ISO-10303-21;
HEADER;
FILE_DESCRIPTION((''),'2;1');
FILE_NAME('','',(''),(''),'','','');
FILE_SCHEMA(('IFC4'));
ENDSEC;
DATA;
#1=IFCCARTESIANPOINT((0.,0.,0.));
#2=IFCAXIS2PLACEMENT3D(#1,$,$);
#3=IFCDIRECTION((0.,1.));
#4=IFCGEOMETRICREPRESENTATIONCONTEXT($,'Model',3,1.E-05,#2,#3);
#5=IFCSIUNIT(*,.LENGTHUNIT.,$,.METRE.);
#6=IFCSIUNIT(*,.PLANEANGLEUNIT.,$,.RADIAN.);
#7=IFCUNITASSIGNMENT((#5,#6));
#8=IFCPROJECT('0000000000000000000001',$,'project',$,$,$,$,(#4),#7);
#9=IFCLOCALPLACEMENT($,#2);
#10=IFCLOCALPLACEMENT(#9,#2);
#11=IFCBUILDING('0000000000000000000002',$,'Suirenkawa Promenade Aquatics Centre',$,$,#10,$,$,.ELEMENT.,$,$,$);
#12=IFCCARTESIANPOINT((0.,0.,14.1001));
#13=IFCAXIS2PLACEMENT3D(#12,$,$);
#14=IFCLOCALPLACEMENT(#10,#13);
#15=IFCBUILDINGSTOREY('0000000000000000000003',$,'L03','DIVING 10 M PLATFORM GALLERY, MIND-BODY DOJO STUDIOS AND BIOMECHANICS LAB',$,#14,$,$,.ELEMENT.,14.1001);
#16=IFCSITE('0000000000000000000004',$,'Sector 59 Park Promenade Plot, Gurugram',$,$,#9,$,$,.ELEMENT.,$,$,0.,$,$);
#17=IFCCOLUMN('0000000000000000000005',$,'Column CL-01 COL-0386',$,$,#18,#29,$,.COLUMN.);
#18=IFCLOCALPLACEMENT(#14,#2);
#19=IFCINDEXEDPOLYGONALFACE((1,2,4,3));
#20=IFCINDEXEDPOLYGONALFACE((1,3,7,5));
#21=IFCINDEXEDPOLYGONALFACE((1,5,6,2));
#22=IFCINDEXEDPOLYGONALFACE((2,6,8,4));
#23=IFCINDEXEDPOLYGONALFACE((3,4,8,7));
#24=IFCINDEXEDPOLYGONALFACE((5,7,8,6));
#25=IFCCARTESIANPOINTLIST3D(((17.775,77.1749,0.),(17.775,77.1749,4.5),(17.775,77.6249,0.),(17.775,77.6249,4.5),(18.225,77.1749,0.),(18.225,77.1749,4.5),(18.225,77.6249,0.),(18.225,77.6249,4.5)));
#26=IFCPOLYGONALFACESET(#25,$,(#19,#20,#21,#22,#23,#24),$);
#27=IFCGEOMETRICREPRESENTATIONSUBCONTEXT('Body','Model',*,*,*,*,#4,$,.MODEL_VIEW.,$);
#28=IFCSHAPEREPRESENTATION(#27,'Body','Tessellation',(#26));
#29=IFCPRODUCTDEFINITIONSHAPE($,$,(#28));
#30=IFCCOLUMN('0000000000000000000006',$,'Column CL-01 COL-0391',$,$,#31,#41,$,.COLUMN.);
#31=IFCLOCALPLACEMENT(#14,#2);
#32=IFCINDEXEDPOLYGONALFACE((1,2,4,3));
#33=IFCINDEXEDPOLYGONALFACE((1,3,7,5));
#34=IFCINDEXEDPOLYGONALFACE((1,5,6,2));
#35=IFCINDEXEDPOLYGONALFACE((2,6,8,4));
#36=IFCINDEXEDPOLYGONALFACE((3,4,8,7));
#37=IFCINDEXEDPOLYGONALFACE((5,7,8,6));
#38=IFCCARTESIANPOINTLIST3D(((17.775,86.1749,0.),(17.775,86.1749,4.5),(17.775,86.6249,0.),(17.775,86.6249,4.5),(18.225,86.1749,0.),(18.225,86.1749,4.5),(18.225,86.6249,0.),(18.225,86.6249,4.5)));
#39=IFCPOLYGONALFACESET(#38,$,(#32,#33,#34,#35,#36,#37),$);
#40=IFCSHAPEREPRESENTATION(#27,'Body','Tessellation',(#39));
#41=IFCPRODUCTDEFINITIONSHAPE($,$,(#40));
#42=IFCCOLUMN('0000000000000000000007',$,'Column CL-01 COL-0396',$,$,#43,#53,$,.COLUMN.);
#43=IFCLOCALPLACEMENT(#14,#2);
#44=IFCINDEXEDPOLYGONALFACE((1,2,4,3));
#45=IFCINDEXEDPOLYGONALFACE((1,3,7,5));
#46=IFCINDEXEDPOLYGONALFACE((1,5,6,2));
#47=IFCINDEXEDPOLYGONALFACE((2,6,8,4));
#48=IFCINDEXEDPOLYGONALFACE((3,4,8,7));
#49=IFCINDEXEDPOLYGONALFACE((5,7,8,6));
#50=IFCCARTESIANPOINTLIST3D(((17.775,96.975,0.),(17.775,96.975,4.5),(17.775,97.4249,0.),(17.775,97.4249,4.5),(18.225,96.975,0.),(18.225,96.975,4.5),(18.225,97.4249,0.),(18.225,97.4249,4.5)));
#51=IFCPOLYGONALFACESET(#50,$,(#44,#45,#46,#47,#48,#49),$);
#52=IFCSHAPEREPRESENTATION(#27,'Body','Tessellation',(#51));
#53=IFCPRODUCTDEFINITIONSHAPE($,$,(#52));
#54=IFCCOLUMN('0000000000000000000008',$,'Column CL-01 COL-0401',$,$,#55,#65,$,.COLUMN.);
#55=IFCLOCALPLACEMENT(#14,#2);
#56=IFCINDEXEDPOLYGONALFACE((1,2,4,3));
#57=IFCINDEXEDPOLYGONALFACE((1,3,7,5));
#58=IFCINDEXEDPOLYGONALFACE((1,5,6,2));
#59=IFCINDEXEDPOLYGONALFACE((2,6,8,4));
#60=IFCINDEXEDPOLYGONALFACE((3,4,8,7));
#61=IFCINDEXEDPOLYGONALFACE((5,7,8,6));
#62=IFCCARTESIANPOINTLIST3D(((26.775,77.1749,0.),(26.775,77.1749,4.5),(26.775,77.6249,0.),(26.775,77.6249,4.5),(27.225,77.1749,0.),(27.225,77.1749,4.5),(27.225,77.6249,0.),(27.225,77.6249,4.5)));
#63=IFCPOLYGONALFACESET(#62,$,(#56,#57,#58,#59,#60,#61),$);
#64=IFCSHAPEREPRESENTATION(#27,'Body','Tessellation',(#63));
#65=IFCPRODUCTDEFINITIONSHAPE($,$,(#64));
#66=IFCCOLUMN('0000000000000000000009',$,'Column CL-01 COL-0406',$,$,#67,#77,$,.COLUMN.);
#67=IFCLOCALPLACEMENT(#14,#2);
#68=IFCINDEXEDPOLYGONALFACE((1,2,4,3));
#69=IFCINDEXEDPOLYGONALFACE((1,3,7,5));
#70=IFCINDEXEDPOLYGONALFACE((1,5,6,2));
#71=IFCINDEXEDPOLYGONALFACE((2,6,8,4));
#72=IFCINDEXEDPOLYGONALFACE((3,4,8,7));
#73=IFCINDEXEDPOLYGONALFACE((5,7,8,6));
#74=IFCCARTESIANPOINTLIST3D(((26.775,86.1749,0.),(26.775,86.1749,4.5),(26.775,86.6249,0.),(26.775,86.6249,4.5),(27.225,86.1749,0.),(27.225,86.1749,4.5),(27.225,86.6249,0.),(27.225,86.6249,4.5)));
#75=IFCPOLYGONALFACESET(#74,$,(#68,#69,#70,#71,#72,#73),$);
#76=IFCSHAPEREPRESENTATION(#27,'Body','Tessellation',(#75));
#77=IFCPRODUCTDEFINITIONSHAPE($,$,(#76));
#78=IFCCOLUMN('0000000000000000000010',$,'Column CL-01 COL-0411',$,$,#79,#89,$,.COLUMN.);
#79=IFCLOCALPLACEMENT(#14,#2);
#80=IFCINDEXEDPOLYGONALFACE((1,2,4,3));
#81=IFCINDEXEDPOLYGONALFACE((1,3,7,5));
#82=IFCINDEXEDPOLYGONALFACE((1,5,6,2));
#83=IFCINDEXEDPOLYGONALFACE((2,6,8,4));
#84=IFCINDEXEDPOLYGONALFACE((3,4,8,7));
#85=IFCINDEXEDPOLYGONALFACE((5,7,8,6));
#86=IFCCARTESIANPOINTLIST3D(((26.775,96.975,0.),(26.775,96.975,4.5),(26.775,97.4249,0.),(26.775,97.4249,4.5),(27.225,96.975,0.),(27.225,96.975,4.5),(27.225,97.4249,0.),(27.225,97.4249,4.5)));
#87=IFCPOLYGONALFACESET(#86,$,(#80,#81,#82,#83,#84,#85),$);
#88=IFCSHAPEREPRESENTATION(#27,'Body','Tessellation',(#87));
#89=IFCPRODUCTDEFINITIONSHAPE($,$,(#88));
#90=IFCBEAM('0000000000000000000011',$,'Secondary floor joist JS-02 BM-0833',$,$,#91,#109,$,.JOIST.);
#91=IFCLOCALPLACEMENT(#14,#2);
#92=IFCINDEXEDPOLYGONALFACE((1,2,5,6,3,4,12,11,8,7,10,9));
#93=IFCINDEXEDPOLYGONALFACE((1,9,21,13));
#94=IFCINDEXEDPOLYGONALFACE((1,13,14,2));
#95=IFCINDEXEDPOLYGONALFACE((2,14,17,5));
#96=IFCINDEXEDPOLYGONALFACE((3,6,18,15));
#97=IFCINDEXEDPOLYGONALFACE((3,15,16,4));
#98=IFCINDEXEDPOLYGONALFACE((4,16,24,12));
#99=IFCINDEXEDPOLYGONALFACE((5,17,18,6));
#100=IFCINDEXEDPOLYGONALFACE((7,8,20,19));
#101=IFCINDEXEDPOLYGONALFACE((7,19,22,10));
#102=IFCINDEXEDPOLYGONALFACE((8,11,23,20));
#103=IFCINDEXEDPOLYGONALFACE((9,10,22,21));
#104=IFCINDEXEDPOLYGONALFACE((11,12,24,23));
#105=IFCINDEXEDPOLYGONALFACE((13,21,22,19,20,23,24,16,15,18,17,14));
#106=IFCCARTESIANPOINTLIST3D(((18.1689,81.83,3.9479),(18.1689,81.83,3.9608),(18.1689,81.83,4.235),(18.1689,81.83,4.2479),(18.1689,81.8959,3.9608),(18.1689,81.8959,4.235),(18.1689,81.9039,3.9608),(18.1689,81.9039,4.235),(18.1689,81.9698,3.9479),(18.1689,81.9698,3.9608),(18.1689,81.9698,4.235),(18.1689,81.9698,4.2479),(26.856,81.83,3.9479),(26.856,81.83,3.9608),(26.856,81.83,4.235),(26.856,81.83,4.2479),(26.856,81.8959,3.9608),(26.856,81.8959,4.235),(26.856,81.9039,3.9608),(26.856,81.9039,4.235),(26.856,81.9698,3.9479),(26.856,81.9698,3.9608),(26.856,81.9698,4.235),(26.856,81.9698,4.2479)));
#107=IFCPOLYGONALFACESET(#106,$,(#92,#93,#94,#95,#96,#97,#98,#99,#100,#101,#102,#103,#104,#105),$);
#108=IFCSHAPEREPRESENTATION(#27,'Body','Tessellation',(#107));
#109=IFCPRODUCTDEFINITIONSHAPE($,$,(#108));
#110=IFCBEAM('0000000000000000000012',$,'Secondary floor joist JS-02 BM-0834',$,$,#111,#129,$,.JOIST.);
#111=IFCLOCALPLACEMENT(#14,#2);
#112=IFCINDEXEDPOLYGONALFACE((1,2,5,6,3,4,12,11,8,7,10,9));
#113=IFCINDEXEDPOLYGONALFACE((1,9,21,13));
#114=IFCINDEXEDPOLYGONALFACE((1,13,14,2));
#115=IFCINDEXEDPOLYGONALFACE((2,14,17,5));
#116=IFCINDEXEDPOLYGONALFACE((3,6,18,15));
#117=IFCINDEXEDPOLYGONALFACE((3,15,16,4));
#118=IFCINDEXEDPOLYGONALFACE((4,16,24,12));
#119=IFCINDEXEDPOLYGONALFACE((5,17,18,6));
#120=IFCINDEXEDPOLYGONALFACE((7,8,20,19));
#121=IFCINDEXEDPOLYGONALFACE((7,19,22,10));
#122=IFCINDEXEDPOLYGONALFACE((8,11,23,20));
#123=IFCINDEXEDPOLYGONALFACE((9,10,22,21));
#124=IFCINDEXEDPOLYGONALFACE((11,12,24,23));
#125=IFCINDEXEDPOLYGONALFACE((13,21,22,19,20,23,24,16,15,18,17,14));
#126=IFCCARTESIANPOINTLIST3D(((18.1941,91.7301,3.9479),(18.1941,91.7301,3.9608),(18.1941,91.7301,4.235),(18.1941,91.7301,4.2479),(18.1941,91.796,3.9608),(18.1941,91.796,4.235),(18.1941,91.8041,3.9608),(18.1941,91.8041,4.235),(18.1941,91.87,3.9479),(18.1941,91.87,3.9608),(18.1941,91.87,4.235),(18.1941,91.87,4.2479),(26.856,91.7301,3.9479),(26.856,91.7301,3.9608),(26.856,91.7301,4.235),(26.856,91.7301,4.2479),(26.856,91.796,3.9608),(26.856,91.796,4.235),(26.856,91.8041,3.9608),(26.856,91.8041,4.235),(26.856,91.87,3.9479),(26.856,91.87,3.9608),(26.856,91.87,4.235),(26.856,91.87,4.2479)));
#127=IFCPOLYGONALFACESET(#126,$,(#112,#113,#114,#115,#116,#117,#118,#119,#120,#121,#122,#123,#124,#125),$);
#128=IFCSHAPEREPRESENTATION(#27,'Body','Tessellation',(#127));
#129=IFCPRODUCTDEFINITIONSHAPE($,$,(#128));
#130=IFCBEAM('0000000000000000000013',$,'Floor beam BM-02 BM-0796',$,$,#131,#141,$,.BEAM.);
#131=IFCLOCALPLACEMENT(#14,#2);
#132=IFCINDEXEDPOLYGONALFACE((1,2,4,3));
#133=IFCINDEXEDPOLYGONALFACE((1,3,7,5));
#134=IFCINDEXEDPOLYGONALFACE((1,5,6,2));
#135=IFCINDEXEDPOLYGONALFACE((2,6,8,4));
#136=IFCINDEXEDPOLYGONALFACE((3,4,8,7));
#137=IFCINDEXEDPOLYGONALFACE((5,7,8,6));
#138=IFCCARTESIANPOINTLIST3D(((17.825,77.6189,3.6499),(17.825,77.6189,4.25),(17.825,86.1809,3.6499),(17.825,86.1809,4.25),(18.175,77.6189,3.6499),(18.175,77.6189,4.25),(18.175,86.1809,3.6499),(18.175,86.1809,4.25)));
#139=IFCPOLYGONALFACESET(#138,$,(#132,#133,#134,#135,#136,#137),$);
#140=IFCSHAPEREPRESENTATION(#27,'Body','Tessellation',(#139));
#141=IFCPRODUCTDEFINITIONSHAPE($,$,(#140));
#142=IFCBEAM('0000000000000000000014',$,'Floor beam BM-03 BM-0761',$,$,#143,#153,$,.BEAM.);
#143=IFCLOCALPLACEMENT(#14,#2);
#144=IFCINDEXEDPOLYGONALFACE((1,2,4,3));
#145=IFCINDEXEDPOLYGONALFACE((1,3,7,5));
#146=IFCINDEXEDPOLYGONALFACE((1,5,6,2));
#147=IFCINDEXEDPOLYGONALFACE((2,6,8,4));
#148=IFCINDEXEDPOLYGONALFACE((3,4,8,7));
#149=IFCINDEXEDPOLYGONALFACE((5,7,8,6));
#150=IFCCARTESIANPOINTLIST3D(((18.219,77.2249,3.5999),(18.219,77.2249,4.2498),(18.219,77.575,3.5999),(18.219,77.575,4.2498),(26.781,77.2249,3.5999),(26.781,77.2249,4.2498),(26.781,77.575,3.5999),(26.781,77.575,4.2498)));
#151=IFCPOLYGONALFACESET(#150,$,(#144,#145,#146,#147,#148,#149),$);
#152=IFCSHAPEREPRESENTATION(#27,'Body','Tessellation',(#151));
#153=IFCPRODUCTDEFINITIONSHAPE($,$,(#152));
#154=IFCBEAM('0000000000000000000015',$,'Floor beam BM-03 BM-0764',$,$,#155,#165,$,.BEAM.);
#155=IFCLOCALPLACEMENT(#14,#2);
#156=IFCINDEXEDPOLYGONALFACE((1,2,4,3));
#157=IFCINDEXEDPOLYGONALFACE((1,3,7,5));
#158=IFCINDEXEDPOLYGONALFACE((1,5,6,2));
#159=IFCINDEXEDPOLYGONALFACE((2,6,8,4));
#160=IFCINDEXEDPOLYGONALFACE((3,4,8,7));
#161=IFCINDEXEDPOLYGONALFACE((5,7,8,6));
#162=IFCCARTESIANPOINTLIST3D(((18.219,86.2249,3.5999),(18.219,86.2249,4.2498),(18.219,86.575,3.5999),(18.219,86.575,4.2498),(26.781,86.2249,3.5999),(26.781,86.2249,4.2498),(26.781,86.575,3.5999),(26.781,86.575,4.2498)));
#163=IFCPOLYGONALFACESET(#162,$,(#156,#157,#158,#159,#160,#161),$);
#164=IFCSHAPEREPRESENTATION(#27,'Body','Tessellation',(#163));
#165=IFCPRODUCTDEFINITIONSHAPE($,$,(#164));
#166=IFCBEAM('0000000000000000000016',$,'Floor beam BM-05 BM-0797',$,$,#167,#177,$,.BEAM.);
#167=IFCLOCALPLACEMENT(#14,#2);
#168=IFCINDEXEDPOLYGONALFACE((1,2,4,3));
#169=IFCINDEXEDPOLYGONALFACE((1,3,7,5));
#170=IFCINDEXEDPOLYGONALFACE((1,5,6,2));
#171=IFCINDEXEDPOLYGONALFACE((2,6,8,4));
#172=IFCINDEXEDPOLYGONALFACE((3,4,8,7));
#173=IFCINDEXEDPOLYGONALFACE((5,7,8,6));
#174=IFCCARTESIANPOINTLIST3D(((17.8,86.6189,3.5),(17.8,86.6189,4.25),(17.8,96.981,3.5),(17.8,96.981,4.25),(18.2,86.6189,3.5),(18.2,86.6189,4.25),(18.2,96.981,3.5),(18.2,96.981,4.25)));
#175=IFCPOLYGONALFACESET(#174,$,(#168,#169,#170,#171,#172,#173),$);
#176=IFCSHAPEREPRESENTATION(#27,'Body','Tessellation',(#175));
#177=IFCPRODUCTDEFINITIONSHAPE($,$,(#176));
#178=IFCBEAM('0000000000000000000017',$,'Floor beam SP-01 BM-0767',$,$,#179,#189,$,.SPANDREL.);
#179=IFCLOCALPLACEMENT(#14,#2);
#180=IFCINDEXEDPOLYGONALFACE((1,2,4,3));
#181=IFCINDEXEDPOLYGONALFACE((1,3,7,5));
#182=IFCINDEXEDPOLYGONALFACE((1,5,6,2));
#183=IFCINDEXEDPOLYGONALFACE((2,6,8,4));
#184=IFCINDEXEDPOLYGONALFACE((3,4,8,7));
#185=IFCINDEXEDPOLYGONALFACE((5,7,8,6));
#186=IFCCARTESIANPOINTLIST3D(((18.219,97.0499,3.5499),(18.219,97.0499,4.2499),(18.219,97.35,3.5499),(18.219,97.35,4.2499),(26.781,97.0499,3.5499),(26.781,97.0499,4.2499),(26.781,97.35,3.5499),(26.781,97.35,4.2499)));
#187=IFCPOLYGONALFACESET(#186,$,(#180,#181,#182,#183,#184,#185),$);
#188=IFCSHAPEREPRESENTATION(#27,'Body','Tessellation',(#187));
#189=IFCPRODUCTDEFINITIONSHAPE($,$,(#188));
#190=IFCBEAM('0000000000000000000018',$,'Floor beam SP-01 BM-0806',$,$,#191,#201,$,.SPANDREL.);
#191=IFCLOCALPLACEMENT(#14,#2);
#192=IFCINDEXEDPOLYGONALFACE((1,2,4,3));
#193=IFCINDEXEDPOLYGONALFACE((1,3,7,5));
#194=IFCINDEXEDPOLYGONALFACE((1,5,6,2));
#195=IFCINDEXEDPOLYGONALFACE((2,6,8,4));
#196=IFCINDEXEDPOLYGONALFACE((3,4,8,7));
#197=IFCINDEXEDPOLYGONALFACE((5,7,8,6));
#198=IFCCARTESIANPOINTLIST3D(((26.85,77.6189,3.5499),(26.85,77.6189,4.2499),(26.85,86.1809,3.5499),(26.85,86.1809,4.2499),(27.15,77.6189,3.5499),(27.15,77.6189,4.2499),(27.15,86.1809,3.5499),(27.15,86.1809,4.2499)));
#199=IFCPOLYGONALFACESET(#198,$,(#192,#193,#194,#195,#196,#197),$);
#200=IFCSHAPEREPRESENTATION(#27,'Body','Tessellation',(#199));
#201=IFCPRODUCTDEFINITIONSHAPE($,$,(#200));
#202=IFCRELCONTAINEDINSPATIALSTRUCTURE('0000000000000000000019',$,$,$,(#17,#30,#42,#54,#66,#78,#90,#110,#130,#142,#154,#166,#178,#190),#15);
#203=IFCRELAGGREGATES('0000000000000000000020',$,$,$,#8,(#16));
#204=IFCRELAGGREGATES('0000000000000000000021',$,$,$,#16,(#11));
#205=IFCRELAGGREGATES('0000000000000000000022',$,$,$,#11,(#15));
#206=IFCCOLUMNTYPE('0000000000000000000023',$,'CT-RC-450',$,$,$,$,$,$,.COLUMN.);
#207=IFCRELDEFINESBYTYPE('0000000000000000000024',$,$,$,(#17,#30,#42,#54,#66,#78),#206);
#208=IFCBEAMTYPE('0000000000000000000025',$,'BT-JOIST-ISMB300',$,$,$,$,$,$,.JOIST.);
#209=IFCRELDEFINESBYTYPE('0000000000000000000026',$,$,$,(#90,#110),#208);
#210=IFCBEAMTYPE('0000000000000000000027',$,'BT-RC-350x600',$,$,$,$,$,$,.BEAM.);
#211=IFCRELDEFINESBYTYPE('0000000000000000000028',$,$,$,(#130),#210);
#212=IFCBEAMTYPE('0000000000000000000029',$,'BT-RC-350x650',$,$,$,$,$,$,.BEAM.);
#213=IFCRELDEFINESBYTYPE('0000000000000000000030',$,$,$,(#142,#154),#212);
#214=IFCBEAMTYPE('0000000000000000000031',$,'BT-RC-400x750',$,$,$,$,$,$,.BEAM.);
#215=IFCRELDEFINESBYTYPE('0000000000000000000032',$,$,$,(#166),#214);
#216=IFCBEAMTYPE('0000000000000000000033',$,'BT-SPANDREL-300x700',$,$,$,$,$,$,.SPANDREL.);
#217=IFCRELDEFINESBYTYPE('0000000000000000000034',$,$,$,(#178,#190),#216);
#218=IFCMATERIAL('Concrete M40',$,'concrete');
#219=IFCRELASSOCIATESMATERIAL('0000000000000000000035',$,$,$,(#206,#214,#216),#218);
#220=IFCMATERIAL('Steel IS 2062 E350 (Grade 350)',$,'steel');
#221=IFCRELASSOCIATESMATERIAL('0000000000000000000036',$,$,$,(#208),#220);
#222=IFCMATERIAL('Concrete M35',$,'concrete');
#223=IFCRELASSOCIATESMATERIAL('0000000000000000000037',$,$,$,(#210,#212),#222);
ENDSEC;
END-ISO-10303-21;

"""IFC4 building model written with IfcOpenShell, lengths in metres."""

from ifc_helpers import new_model, si_unit, direction, frame, origin, origin_2d, place, context, subcontext, project, spatial, rectangle, i_section, extrude, material, material_profile, profile_set, type_object, element, save


model = new_model("IFC4")

# Units and contexts
model_context = context("Model", 3, precision=1e-05, world=origin(), true_north=direction((0.0, 1.0)))
body_context = subcontext(model_context, "Body", "Model", "MODEL_VIEW")
ifc_project = project(units=[si_unit("LENGTHUNIT", "METRE"), si_unit("PLANEANGLEUNIT", "RADIAN")], contexts=[model_context])

# Site, building, storey
site_placement = place(None, origin())
site = spatial("IfcSite", under=ifc_project, at=site_placement, Name="Sector 59 Park Promenade Plot, Gurugram", CompositionType="ELEMENT", RefElevation=0.0)
building_placement = place(site_placement, origin())
building = spatial("IfcBuilding", under=site, at=building_placement, Name="Suirenkawa Promenade Aquatics Centre", CompositionType="ELEMENT")
storey_placement = place(building_placement, frame((0.0, 0.0, 14.1001)))
storey = spatial("IfcBuildingStorey", under=building, at=storey_placement, Name="L03", Description="DIVING 10 M PLATFORM GALLERY, MIND-BODY DOJO STUDIOS AND BIOMECHANICS LAB", CompositionType="ELEMENT", Elevation=14.1001)

# Columns
ifc_material_1 = material(Name="Concrete M40", Category="concrete")
ifc_material_profile_1 = material_profile(ifc_material_1, rectangle(XDim=0.45, YDim=0.45, at=origin_2d()), Name="RC COL 450x450", Category="concrete")
ifc_profile_set_1 = profile_set([ifc_material_profile_1], Name="Concrete M40")
column_type = type_object("IfcColumnType", Name="CT-RC-450", PredefinedType="COLUMN", material=ifc_profile_set_1)
for number, where, z_axis, x_axis, name in (
    (1, (18.0, 77.3999, 0.0), (0.0, 0.0, 1.0), (1.0, 0.0, 0.0), "Column CL-01 COL-0386"),
    (2, (18.0, 86.3999, 0.0), (0.0, 0.0, 1.0), (1.0, 0.0, 0.0), "Column CL-01 COL-0391"),
    (3, (18.0, 97.2, 0.0), (0.0, 0.0, 1.0), (1.0, 0.0, 0.0), "Column CL-01 COL-0396"),
    (4, (27.0, 77.3999, 0.0), (0.0, 0.0, 1.0), (1.0, 0.0, 0.0), "Column CL-01 COL-0401"),
    (5, (27.0, 86.3999, 0.0), (0.0, 0.0, 1.0), (1.0, 0.0, 0.0), "Column CL-01 COL-0406"),
    (6, (27.0, 97.2, 0.0), (0.0, 0.0, 1.0), (1.0, 0.0, 0.0), "Column CL-01 COL-0411"),
):
    element("IfcColumn", number, at=place(storey_placement, frame(where, z_axis=z_axis, x_axis=x_axis)), inside=storey, type_object=column_type, Name=name, PredefinedType="COLUMN", context=body_context, shape_type="SweptSolid", body=[
        extrude(rectangle(XDim=0.45, YDim=0.45, at=origin_2d()), origin(), (0.0, 0.0, 1.0), 4.5),
    ])

# Beams
ifc_material_2 = material(Name="Steel IS 2062 E350 (Grade 350)", Category="steel")
ifc_material_profile_2 = material_profile(ifc_material_2, i_section(OverallWidth=0.1399, OverallDepth=0.3, WebThickness=0.0081, FlangeThickness=0.0129, at=origin_2d()), Name="ISMB 300", Category="steel")
ifc_profile_set_2 = profile_set([ifc_material_profile_2], Name="Steel IS 2062 E350 (Grade 350)")
beam_type_1 = type_object("IfcBeamType", Name="BT-JOIST-ISMB300", PredefinedType="JOIST", material=ifc_profile_set_2)
beam_1_placement = place(storey_placement, frame((18.1689, 81.8999, 4.0979), z_axis=(1.0, 0.0, 0.0), x_axis=(0.0, 1.0, 0.0)))
element("IfcBeam", 7, at=beam_1_placement, inside=storey, type_object=beam_type_1, Name="Secondary floor joist JS-02 BM-0833", PredefinedType="JOIST", context=body_context, shape_type="SweptSolid", body=[
    extrude(i_section(OverallWidth=0.1399, OverallDepth=0.3, WebThickness=0.0081, FlangeThickness=0.0129, at=origin_2d()), origin(), (0.0, 0.0, 1.0), 8.687),
])
beam_2_placement = place(storey_placement, frame((18.1941, 91.8, 4.0979), z_axis=(1.0, 0.0, 0.0), x_axis=(0.0, 1.0, 0.0)))
element("IfcBeam", 8, at=beam_2_placement, inside=storey, type_object=beam_type_1, Name="Secondary floor joist JS-02 BM-0834", PredefinedType="JOIST", context=body_context, shape_type="SweptSolid", body=[
    extrude(i_section(OverallWidth=0.1399, OverallDepth=0.3, WebThickness=0.0081, FlangeThickness=0.0129, at=origin_2d()), origin(), (0.0, 0.0, 1.0), 8.6619),
])
ifc_material_3 = material(Name="Concrete M35", Category="concrete")
ifc_material_profile_3 = material_profile(ifc_material_3, rectangle(XDim=0.3501, YDim=0.6001, at=origin_2d()), Name="RC BM 350x600", Category="concrete")
ifc_profile_set_3 = profile_set([ifc_material_profile_3], Name="Concrete M35")
beam_type_2 = type_object("IfcBeamType", Name="BT-RC-350x600", PredefinedType="BEAM", material=ifc_profile_set_3)
beam_3_placement = place(storey_placement, frame((18.0, 77.6189, 3.95), z_axis=(0.0, 1.0, 0.0), x_axis=(-1.0, 0.0, 0.0)))
element("IfcBeam", 9, at=beam_3_placement, inside=storey, type_object=beam_type_2, Name="Floor beam BM-02 BM-0796", PredefinedType="BEAM", context=body_context, shape_type="SweptSolid", body=[
    extrude(rectangle(XDim=0.3501, YDim=0.6001, at=origin_2d()), origin(), (0.0, 0.0, 1.0), 8.562),
])
ifc_material_profile_4 = material_profile(ifc_material_3, rectangle(XDim=0.3501, YDim=0.6499, at=origin_2d()), Name="RC BM 350x650", Category="concrete")
ifc_profile_set_4 = profile_set([ifc_material_profile_4], Name="Concrete M35")
beam_type_3 = type_object("IfcBeamType", Name="BT-RC-350x650", PredefinedType="BEAM", material=ifc_profile_set_4)
for number, where, z_axis, x_axis, name in (
    (10, (18.219, 77.3999, 3.9248), (1.0, 0.0, 0.0), (0.0, 1.0, 0.0), "Floor beam BM-03 BM-0761"),
    (11, (18.219, 86.3999, 3.9248), (1.0, 0.0, 0.0), (0.0, 1.0, 0.0), "Floor beam BM-03 BM-0764"),
):
    element("IfcBeam", number, at=place(storey_placement, frame(where, z_axis=z_axis, x_axis=x_axis)), inside=storey, type_object=beam_type_3, Name=name, PredefinedType="BEAM", context=body_context, shape_type="SweptSolid", body=[
        extrude(rectangle(XDim=0.3501, YDim=0.6499, at=origin_2d()), origin(), (0.0, 0.0, 1.0), 8.562),
    ])
ifc_material_profile_5 = material_profile(ifc_material_1, rectangle(XDim=0.3999, YDim=0.75, at=origin_2d()), Name="RC BM 400x750", Category="concrete")
ifc_profile_set_5 = profile_set([ifc_material_profile_5], Name="Concrete M40")
beam_type_4 = type_object("IfcBeamType", Name="BT-RC-400x750", PredefinedType="BEAM", material=ifc_profile_set_5)
beam_4_placement = place(storey_placement, frame((18.0, 86.6189, 3.875), z_axis=(0.0, 1.0, 0.0), x_axis=(-1.0, 0.0, 0.0)))
element("IfcBeam", 12, at=beam_4_placement, inside=storey, type_object=beam_type_4, Name="Floor beam BM-05 BM-0797", PredefinedType="BEAM", context=body_context, shape_type="SweptSolid", body=[
    extrude(rectangle(XDim=0.3999, YDim=0.75, at=origin_2d()), origin(), (0.0, 0.0, 1.0), 10.3621),
])
ifc_material_profile_6 = material_profile(ifc_material_1, rectangle(XDim=0.3, YDim=0.7, at=origin_2d()), Name="RC SPANDREL 300x700", Category="concrete")
ifc_profile_set_6 = profile_set([ifc_material_profile_6], Name="Concrete M40")
beam_type_5 = type_object("IfcBeamType", Name="BT-SPANDREL-300x700", PredefinedType="SPANDREL", material=ifc_profile_set_6)
for number, where, z_axis, x_axis, name in (
    (13, (18.219, 97.2, 3.8999), (1.0, 0.0, 0.0), (0.0, 1.0, 0.0), "Floor beam SP-01 BM-0767"),
    (14, (27.0, 77.6189, 3.8999), (0.0, 1.0, 0.0), (-1.0, 0.0, 0.0), "Floor beam SP-01 BM-0806"),
):
    element("IfcBeam", number, at=place(storey_placement, frame(where, z_axis=z_axis, x_axis=x_axis)), inside=storey, type_object=beam_type_5, Name=name, PredefinedType="SPANDREL", context=body_context, shape_type="SweptSolid", body=[
        extrude(rectangle(XDim=0.3, YDim=0.7, at=origin_2d()), origin(), (0.0, 0.0, 1.0), 8.562),
    ])

save(model, "model.ifc")
